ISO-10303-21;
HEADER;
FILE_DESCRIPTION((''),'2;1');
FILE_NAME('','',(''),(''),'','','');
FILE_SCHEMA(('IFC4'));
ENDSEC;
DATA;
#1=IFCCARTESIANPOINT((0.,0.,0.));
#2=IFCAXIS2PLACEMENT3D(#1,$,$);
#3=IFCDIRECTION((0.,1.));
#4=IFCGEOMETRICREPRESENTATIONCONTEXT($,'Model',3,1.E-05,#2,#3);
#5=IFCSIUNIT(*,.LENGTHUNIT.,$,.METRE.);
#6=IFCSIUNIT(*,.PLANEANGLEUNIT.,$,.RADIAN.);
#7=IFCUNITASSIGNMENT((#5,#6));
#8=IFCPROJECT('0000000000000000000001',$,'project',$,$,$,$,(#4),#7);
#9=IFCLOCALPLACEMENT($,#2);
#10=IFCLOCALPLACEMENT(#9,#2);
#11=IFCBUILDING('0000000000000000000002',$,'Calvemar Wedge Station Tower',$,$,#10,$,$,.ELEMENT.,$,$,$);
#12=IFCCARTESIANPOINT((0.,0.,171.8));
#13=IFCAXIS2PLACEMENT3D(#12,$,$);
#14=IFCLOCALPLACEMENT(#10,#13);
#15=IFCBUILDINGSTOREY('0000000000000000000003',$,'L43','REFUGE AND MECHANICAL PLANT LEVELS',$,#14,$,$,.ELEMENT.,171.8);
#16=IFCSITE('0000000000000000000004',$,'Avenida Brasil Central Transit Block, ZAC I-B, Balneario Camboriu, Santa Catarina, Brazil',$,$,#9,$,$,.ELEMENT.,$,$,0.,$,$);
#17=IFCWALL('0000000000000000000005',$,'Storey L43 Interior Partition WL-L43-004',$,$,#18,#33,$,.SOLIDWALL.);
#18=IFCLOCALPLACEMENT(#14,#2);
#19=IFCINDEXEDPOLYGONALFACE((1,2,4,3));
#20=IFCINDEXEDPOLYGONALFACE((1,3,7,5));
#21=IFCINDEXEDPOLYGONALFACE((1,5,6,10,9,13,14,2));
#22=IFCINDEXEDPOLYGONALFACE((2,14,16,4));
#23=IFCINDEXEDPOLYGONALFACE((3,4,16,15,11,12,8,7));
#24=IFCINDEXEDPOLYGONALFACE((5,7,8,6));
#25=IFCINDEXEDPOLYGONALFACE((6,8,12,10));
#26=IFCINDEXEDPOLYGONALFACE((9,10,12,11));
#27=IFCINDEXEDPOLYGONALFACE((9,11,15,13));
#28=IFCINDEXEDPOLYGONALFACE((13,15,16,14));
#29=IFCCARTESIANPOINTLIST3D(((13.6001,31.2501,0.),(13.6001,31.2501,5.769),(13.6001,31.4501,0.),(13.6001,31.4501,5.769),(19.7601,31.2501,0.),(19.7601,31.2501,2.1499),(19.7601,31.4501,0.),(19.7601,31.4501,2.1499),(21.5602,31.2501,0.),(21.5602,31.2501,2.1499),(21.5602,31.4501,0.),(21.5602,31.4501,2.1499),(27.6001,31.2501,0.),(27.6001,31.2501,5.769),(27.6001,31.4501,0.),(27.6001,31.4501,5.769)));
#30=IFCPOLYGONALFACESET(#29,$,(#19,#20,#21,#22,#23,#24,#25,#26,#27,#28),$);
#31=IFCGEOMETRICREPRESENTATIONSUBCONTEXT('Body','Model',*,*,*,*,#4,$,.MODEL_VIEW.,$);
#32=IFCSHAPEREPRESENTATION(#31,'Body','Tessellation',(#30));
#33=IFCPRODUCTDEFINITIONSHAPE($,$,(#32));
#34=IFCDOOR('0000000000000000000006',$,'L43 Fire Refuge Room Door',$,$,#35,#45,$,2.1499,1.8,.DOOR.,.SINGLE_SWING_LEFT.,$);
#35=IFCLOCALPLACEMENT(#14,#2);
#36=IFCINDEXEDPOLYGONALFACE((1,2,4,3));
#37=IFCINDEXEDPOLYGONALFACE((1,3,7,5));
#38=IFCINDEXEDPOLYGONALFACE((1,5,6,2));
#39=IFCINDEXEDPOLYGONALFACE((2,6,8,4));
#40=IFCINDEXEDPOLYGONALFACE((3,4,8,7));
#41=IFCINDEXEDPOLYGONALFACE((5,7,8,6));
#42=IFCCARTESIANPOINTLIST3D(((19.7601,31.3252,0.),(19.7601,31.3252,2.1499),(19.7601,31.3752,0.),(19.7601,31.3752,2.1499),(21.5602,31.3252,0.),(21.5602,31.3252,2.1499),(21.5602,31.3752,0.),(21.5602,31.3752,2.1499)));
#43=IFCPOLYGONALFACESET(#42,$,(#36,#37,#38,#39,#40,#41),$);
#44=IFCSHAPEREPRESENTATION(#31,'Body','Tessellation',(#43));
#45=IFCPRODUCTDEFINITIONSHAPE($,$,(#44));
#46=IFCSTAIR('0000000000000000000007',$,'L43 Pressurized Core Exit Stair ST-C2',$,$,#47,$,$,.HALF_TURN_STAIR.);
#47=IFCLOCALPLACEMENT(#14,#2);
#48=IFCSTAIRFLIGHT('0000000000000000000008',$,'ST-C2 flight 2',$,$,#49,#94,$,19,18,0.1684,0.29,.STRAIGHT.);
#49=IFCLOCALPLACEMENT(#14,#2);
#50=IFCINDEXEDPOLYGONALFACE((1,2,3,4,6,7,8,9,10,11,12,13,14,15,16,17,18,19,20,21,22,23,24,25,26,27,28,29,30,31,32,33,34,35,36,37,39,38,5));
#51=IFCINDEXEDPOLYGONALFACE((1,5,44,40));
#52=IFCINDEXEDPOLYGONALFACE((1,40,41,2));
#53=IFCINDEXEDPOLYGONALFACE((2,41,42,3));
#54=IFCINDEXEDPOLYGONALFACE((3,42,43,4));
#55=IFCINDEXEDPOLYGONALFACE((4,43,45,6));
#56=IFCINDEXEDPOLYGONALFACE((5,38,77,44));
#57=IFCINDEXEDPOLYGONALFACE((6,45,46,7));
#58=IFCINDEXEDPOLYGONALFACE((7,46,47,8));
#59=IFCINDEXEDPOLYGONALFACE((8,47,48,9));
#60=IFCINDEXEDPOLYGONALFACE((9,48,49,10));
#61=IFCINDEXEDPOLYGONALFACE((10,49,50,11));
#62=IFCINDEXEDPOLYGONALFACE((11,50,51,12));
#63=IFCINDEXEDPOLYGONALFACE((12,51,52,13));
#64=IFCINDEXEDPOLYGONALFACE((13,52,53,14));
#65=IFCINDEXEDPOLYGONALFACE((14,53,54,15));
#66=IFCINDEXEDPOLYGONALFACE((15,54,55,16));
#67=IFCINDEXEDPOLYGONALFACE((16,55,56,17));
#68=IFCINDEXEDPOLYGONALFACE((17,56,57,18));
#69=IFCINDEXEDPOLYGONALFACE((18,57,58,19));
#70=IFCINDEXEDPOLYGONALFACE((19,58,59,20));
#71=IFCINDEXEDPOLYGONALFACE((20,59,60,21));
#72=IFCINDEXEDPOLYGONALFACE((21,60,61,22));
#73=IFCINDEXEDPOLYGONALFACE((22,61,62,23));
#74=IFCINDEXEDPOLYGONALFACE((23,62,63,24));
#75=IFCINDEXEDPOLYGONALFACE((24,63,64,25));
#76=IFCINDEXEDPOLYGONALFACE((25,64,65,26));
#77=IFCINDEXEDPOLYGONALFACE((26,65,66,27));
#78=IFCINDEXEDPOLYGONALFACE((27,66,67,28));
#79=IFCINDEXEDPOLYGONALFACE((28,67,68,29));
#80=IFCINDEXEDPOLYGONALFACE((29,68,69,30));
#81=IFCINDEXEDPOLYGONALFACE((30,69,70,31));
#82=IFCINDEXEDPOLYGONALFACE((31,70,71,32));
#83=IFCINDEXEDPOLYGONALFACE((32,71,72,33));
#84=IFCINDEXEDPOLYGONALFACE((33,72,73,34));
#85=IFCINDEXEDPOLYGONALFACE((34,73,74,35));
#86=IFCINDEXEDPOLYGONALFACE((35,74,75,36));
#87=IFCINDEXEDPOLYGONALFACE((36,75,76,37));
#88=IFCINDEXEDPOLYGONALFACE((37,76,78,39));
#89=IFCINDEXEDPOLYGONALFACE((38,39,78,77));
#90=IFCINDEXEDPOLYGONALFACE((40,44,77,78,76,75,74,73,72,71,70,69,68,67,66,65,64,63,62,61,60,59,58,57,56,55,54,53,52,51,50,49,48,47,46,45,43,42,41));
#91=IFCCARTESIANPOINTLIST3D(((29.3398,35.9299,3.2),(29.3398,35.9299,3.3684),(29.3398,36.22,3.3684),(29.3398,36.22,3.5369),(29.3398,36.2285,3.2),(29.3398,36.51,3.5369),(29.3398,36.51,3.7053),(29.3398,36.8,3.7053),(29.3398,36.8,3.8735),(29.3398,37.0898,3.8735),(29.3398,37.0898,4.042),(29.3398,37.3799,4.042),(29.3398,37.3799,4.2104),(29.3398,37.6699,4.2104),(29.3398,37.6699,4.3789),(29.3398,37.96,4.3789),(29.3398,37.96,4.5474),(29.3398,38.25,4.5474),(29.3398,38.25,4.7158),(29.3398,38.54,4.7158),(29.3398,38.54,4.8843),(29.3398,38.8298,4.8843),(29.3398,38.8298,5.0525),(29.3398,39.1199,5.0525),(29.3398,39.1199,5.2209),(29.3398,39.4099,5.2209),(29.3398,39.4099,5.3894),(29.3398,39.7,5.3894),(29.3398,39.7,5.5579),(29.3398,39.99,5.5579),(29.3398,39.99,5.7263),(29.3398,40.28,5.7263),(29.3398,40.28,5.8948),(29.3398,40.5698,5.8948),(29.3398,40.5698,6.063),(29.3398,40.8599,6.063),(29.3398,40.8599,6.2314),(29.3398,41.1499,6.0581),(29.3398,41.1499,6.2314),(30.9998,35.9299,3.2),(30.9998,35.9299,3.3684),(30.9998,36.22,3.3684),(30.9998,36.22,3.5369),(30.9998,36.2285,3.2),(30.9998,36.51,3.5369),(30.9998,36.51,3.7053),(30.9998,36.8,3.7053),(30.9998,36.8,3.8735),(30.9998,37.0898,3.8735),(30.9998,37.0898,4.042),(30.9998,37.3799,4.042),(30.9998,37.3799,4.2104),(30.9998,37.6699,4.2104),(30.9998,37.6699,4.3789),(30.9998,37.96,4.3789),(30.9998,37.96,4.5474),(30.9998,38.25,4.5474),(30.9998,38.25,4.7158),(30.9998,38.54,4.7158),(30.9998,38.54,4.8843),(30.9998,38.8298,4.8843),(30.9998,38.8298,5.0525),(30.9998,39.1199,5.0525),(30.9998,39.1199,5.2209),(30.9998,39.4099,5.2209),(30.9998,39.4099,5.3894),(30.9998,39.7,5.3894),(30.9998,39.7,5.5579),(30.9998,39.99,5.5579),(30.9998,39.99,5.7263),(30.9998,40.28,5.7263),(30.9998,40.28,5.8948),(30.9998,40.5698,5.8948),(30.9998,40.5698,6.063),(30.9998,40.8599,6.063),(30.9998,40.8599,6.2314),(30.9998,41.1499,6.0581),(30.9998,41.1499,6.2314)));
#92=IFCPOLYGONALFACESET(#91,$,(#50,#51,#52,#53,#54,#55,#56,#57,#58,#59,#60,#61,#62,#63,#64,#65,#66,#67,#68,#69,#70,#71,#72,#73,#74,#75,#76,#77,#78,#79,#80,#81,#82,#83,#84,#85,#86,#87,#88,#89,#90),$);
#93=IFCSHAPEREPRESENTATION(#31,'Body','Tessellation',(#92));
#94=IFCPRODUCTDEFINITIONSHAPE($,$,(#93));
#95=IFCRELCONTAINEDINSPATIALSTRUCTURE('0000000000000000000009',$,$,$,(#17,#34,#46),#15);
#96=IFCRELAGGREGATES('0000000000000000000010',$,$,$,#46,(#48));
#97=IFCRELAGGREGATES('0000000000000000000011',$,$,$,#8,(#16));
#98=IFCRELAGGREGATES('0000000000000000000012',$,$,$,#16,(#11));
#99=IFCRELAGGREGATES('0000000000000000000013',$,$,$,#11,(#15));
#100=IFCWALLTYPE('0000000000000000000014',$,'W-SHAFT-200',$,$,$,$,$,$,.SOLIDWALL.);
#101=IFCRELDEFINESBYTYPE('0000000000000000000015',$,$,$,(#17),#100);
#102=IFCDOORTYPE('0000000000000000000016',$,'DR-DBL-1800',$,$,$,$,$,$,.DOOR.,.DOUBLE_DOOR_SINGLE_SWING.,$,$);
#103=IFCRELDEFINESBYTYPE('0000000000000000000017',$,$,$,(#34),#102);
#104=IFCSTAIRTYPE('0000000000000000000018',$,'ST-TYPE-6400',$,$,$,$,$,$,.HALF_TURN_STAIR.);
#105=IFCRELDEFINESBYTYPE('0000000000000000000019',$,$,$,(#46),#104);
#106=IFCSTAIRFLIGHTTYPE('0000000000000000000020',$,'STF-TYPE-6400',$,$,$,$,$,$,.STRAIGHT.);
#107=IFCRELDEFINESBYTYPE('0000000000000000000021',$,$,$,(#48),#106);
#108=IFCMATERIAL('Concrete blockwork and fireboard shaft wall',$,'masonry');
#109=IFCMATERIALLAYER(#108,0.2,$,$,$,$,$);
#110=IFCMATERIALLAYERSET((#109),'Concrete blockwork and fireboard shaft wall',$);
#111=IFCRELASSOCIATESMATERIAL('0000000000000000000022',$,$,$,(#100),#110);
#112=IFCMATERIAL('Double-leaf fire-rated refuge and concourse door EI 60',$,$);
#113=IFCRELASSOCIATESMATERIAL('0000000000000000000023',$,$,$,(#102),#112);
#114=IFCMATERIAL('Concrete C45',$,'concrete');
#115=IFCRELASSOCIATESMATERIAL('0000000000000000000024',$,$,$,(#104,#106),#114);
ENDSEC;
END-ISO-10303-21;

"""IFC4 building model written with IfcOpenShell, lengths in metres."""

from ifc_helpers import new_model, si_unit, direction, frame, frame_2d, origin, place, context, subcontext, project, spatial, polyline, rectangle, outline, extrude, source, transform, mapped, material, layer, layer_set, type_object, element, fill, aggregate, save


model = new_model("IFC4")

# Units and contexts
model_context = context("Model", 3, precision=1e-05, world=origin(), true_north=direction((0.0, 1.0)))
body_context = subcontext(model_context, "Body", "Model", "MODEL_VIEW")
ifc_project = project(units=[si_unit("LENGTHUNIT", "METRE"), si_unit("PLANEANGLEUNIT", "RADIAN")], contexts=[model_context])

# Site, building, storey
site_placement = place(None, origin())
site = spatial("IfcSite", under=ifc_project, at=site_placement, Name="Avenida Brasil Central Transit Block, ZAC I-B, Balneario Camboriu, Santa Catarina, Brazil", CompositionType="ELEMENT", RefElevation=0.0)
building_placement = place(site_placement, origin())
building = spatial("IfcBuilding", under=site, at=building_placement, Name="Calvemar Wedge Station Tower", CompositionType="ELEMENT")
storey_placement = place(building_placement, frame((0.0, 0.0, 171.8)))
storey = spatial("IfcBuildingStorey", under=building, at=storey_placement, Name="L43", Description="REFUGE AND MECHANICAL PLANT LEVELS", CompositionType="ELEMENT", Elevation=171.8)

# Wall, opening, door
ifc_material_1 = material(Name="Concrete blockwork and fireboard shaft wall", Category="masonry")
ifc_layer_1 = layer(ifc_material_1, 0.2)
ifc_layer_set_1 = layer_set([ifc_layer_1], Name="Concrete blockwork and fireboard shaft wall")
wall_type_1 = type_object("IfcWallType", Name="W-SHAFT-200", PredefinedType="SOLIDWALL", material=ifc_layer_set_1)
wall_1_placement = place(storey_placement, frame((27.6001, 31.3501, 0.0), z_axis=(0.0, 0.0, 1.0), x_axis=(-1.0, 0.0, 0.0)))
wall_1 = element("IfcWall", 1, at=wall_1_placement, inside=storey, type_object=wall_type_1, Name="Storey L43 Interior Partition WL-L43-004", PredefinedType="SOLIDWALL", context=body_context, shape_type="SweptSolid", body=[
    extrude(rectangle(XDim=14.0, YDim=0.2, at=frame_2d((7.0, 0.0))), origin(), (0.0, 0.0, 1.0), 5.769),
])
shared_shape_1 = source(origin(), body_context, "Body", "SweptSolid", [
    extrude(rectangle(XDim=1.8, YDim=2.1499, at=frame_2d((0.8999, 1.075))), frame((0.0, 0.1099, 0.0), z_axis=(0.0, -1.0, 0.0), x_axis=(1.0, 0.0, 0.0)), (0.0, 0.0, 1.0), 0.22),
])
opening_1_placement = place(wall_1_placement, frame((6.04, 0.0, 0.0)))
opening_1 = element("IfcOpeningElement", 2, at=opening_1_placement, cuts=wall_1, PredefinedType="OPENING", context=body_context, shape_type="MappedRepresentation", body=[
    mapped(shared_shape_1, transform((0.0, 0.0, 0.0), scale=1.0)),
])
ifc_material_2 = material(Name="Double-leaf fire-rated refuge and concourse door EI 60")
door_type_1 = type_object("IfcDoorType", Name="DR-DBL-1800", OperationType="DOUBLE_DOOR_SINGLE_SWING", PredefinedType="DOOR", material=ifc_material_2)
shared_shape_2 = source(origin(), body_context, "Body", "SweptSolid", [
    extrude(rectangle(XDim=1.8, YDim=2.1499, at=frame_2d((0.8999, 1.075))), frame((0.0, 0.0249, 0.0), z_axis=(0.0, -1.0, 0.0), x_axis=(1.0, 0.0, 0.0)), (0.0, 0.0, 1.0), 0.05),
])
door_1_placement = place(opening_1_placement, origin())
door_1 = element("IfcDoor", 3, at=door_1_placement, inside=storey, type_object=door_type_1, Name="L43 Fire Refuge Room Door", OperationType="SINGLE_SWING_LEFT", OverallHeight=2.1499, OverallWidth=1.8, PredefinedType="DOOR", context=body_context, shape_type="MappedRepresentation", body=[
    mapped(shared_shape_2, transform((0.0, 0.0, 0.0), scale=1.0)),
])
fill(opening_1, door_1)

# Stair, stair flight
ifc_material_3 = material(Name="Concrete C45", Category="concrete")
stair_type = type_object("IfcStairType", Name="ST-TYPE-6400", PredefinedType="HALF_TURN_STAIR", material=ifc_material_3)
stair_placement = place(storey_placement, origin())
stair = element("IfcStair", 4, at=stair_placement, inside=storey, type_object=stair_type, Name="L43 Pressurized Core Exit Stair ST-C2", PredefinedType="HALF_TURN_STAIR")
stair_flight_type = type_object("IfcStairFlightType", Name="STF-TYPE-6400", PredefinedType="STRAIGHT", material=ifc_material_3)
stair_flight_placement = place(storey_placement, frame((30.1699, 35.9299, 3.2), z_axis=(0.0, 0.0, 1.0), x_axis=(0.0, 1.0, 0.0)))
stair_flight = element("IfcStairFlight", 5, at=stair_flight_placement, type_object=stair_flight_type, Name="ST-C2 flight 2", NumberOfRisers=19, NumberOfTreads=18, PredefinedType="STRAIGHT", RiserHeight=0.1684, TreadLength=0.29, context=body_context, shape_type="SweptSolid", body=[
    extrude(outline(polyline([(0.0, 0.0), (0.0, 0.1685), (0.29, 0.1685), (0.29, 0.3369), (0.5801, 0.3369), (0.5801, 0.5054), (0.8701, 0.5054), (0.8701, 0.6736), (1.1599, 0.6736), (1.1599, 0.842), (1.45, 0.842), (1.45, 1.0105), (1.74, 1.0105), (1.74, 1.179), (2.03, 1.179), (2.03, 1.3474), (2.3201, 1.3474), (2.3201, 1.5159), (2.6101, 1.5159), (2.6101, 1.6843), (2.8999, 1.6843), (2.8999, 1.8525), (3.1899, 1.8525), (3.1899, 2.021), (3.48, 2.021), (3.48, 2.1895), (3.77, 2.1895), (3.77, 2.3579), (4.0601, 2.3579), (4.0601, 2.5264), (4.3501, 2.5264), (4.3501, 2.6948), (4.6399, 2.6948), (4.6399, 2.863), (4.9299, 2.863), (4.9299, 3.0315), (5.22, 3.0315), (5.22, 3.2), (5.22, 2.8582), (0.2986, 0.0), (0.0, 0.0)])), frame((0.0, 0.8301, 0.0), z_axis=(0.0, -1.0, 0.0), x_axis=(1.0, 0.0, 0.0)), (0.0, 0.0, 1.0), 1.6599),
])
aggregate(stair, [stair_flight])

save(model, "model.ifc")
